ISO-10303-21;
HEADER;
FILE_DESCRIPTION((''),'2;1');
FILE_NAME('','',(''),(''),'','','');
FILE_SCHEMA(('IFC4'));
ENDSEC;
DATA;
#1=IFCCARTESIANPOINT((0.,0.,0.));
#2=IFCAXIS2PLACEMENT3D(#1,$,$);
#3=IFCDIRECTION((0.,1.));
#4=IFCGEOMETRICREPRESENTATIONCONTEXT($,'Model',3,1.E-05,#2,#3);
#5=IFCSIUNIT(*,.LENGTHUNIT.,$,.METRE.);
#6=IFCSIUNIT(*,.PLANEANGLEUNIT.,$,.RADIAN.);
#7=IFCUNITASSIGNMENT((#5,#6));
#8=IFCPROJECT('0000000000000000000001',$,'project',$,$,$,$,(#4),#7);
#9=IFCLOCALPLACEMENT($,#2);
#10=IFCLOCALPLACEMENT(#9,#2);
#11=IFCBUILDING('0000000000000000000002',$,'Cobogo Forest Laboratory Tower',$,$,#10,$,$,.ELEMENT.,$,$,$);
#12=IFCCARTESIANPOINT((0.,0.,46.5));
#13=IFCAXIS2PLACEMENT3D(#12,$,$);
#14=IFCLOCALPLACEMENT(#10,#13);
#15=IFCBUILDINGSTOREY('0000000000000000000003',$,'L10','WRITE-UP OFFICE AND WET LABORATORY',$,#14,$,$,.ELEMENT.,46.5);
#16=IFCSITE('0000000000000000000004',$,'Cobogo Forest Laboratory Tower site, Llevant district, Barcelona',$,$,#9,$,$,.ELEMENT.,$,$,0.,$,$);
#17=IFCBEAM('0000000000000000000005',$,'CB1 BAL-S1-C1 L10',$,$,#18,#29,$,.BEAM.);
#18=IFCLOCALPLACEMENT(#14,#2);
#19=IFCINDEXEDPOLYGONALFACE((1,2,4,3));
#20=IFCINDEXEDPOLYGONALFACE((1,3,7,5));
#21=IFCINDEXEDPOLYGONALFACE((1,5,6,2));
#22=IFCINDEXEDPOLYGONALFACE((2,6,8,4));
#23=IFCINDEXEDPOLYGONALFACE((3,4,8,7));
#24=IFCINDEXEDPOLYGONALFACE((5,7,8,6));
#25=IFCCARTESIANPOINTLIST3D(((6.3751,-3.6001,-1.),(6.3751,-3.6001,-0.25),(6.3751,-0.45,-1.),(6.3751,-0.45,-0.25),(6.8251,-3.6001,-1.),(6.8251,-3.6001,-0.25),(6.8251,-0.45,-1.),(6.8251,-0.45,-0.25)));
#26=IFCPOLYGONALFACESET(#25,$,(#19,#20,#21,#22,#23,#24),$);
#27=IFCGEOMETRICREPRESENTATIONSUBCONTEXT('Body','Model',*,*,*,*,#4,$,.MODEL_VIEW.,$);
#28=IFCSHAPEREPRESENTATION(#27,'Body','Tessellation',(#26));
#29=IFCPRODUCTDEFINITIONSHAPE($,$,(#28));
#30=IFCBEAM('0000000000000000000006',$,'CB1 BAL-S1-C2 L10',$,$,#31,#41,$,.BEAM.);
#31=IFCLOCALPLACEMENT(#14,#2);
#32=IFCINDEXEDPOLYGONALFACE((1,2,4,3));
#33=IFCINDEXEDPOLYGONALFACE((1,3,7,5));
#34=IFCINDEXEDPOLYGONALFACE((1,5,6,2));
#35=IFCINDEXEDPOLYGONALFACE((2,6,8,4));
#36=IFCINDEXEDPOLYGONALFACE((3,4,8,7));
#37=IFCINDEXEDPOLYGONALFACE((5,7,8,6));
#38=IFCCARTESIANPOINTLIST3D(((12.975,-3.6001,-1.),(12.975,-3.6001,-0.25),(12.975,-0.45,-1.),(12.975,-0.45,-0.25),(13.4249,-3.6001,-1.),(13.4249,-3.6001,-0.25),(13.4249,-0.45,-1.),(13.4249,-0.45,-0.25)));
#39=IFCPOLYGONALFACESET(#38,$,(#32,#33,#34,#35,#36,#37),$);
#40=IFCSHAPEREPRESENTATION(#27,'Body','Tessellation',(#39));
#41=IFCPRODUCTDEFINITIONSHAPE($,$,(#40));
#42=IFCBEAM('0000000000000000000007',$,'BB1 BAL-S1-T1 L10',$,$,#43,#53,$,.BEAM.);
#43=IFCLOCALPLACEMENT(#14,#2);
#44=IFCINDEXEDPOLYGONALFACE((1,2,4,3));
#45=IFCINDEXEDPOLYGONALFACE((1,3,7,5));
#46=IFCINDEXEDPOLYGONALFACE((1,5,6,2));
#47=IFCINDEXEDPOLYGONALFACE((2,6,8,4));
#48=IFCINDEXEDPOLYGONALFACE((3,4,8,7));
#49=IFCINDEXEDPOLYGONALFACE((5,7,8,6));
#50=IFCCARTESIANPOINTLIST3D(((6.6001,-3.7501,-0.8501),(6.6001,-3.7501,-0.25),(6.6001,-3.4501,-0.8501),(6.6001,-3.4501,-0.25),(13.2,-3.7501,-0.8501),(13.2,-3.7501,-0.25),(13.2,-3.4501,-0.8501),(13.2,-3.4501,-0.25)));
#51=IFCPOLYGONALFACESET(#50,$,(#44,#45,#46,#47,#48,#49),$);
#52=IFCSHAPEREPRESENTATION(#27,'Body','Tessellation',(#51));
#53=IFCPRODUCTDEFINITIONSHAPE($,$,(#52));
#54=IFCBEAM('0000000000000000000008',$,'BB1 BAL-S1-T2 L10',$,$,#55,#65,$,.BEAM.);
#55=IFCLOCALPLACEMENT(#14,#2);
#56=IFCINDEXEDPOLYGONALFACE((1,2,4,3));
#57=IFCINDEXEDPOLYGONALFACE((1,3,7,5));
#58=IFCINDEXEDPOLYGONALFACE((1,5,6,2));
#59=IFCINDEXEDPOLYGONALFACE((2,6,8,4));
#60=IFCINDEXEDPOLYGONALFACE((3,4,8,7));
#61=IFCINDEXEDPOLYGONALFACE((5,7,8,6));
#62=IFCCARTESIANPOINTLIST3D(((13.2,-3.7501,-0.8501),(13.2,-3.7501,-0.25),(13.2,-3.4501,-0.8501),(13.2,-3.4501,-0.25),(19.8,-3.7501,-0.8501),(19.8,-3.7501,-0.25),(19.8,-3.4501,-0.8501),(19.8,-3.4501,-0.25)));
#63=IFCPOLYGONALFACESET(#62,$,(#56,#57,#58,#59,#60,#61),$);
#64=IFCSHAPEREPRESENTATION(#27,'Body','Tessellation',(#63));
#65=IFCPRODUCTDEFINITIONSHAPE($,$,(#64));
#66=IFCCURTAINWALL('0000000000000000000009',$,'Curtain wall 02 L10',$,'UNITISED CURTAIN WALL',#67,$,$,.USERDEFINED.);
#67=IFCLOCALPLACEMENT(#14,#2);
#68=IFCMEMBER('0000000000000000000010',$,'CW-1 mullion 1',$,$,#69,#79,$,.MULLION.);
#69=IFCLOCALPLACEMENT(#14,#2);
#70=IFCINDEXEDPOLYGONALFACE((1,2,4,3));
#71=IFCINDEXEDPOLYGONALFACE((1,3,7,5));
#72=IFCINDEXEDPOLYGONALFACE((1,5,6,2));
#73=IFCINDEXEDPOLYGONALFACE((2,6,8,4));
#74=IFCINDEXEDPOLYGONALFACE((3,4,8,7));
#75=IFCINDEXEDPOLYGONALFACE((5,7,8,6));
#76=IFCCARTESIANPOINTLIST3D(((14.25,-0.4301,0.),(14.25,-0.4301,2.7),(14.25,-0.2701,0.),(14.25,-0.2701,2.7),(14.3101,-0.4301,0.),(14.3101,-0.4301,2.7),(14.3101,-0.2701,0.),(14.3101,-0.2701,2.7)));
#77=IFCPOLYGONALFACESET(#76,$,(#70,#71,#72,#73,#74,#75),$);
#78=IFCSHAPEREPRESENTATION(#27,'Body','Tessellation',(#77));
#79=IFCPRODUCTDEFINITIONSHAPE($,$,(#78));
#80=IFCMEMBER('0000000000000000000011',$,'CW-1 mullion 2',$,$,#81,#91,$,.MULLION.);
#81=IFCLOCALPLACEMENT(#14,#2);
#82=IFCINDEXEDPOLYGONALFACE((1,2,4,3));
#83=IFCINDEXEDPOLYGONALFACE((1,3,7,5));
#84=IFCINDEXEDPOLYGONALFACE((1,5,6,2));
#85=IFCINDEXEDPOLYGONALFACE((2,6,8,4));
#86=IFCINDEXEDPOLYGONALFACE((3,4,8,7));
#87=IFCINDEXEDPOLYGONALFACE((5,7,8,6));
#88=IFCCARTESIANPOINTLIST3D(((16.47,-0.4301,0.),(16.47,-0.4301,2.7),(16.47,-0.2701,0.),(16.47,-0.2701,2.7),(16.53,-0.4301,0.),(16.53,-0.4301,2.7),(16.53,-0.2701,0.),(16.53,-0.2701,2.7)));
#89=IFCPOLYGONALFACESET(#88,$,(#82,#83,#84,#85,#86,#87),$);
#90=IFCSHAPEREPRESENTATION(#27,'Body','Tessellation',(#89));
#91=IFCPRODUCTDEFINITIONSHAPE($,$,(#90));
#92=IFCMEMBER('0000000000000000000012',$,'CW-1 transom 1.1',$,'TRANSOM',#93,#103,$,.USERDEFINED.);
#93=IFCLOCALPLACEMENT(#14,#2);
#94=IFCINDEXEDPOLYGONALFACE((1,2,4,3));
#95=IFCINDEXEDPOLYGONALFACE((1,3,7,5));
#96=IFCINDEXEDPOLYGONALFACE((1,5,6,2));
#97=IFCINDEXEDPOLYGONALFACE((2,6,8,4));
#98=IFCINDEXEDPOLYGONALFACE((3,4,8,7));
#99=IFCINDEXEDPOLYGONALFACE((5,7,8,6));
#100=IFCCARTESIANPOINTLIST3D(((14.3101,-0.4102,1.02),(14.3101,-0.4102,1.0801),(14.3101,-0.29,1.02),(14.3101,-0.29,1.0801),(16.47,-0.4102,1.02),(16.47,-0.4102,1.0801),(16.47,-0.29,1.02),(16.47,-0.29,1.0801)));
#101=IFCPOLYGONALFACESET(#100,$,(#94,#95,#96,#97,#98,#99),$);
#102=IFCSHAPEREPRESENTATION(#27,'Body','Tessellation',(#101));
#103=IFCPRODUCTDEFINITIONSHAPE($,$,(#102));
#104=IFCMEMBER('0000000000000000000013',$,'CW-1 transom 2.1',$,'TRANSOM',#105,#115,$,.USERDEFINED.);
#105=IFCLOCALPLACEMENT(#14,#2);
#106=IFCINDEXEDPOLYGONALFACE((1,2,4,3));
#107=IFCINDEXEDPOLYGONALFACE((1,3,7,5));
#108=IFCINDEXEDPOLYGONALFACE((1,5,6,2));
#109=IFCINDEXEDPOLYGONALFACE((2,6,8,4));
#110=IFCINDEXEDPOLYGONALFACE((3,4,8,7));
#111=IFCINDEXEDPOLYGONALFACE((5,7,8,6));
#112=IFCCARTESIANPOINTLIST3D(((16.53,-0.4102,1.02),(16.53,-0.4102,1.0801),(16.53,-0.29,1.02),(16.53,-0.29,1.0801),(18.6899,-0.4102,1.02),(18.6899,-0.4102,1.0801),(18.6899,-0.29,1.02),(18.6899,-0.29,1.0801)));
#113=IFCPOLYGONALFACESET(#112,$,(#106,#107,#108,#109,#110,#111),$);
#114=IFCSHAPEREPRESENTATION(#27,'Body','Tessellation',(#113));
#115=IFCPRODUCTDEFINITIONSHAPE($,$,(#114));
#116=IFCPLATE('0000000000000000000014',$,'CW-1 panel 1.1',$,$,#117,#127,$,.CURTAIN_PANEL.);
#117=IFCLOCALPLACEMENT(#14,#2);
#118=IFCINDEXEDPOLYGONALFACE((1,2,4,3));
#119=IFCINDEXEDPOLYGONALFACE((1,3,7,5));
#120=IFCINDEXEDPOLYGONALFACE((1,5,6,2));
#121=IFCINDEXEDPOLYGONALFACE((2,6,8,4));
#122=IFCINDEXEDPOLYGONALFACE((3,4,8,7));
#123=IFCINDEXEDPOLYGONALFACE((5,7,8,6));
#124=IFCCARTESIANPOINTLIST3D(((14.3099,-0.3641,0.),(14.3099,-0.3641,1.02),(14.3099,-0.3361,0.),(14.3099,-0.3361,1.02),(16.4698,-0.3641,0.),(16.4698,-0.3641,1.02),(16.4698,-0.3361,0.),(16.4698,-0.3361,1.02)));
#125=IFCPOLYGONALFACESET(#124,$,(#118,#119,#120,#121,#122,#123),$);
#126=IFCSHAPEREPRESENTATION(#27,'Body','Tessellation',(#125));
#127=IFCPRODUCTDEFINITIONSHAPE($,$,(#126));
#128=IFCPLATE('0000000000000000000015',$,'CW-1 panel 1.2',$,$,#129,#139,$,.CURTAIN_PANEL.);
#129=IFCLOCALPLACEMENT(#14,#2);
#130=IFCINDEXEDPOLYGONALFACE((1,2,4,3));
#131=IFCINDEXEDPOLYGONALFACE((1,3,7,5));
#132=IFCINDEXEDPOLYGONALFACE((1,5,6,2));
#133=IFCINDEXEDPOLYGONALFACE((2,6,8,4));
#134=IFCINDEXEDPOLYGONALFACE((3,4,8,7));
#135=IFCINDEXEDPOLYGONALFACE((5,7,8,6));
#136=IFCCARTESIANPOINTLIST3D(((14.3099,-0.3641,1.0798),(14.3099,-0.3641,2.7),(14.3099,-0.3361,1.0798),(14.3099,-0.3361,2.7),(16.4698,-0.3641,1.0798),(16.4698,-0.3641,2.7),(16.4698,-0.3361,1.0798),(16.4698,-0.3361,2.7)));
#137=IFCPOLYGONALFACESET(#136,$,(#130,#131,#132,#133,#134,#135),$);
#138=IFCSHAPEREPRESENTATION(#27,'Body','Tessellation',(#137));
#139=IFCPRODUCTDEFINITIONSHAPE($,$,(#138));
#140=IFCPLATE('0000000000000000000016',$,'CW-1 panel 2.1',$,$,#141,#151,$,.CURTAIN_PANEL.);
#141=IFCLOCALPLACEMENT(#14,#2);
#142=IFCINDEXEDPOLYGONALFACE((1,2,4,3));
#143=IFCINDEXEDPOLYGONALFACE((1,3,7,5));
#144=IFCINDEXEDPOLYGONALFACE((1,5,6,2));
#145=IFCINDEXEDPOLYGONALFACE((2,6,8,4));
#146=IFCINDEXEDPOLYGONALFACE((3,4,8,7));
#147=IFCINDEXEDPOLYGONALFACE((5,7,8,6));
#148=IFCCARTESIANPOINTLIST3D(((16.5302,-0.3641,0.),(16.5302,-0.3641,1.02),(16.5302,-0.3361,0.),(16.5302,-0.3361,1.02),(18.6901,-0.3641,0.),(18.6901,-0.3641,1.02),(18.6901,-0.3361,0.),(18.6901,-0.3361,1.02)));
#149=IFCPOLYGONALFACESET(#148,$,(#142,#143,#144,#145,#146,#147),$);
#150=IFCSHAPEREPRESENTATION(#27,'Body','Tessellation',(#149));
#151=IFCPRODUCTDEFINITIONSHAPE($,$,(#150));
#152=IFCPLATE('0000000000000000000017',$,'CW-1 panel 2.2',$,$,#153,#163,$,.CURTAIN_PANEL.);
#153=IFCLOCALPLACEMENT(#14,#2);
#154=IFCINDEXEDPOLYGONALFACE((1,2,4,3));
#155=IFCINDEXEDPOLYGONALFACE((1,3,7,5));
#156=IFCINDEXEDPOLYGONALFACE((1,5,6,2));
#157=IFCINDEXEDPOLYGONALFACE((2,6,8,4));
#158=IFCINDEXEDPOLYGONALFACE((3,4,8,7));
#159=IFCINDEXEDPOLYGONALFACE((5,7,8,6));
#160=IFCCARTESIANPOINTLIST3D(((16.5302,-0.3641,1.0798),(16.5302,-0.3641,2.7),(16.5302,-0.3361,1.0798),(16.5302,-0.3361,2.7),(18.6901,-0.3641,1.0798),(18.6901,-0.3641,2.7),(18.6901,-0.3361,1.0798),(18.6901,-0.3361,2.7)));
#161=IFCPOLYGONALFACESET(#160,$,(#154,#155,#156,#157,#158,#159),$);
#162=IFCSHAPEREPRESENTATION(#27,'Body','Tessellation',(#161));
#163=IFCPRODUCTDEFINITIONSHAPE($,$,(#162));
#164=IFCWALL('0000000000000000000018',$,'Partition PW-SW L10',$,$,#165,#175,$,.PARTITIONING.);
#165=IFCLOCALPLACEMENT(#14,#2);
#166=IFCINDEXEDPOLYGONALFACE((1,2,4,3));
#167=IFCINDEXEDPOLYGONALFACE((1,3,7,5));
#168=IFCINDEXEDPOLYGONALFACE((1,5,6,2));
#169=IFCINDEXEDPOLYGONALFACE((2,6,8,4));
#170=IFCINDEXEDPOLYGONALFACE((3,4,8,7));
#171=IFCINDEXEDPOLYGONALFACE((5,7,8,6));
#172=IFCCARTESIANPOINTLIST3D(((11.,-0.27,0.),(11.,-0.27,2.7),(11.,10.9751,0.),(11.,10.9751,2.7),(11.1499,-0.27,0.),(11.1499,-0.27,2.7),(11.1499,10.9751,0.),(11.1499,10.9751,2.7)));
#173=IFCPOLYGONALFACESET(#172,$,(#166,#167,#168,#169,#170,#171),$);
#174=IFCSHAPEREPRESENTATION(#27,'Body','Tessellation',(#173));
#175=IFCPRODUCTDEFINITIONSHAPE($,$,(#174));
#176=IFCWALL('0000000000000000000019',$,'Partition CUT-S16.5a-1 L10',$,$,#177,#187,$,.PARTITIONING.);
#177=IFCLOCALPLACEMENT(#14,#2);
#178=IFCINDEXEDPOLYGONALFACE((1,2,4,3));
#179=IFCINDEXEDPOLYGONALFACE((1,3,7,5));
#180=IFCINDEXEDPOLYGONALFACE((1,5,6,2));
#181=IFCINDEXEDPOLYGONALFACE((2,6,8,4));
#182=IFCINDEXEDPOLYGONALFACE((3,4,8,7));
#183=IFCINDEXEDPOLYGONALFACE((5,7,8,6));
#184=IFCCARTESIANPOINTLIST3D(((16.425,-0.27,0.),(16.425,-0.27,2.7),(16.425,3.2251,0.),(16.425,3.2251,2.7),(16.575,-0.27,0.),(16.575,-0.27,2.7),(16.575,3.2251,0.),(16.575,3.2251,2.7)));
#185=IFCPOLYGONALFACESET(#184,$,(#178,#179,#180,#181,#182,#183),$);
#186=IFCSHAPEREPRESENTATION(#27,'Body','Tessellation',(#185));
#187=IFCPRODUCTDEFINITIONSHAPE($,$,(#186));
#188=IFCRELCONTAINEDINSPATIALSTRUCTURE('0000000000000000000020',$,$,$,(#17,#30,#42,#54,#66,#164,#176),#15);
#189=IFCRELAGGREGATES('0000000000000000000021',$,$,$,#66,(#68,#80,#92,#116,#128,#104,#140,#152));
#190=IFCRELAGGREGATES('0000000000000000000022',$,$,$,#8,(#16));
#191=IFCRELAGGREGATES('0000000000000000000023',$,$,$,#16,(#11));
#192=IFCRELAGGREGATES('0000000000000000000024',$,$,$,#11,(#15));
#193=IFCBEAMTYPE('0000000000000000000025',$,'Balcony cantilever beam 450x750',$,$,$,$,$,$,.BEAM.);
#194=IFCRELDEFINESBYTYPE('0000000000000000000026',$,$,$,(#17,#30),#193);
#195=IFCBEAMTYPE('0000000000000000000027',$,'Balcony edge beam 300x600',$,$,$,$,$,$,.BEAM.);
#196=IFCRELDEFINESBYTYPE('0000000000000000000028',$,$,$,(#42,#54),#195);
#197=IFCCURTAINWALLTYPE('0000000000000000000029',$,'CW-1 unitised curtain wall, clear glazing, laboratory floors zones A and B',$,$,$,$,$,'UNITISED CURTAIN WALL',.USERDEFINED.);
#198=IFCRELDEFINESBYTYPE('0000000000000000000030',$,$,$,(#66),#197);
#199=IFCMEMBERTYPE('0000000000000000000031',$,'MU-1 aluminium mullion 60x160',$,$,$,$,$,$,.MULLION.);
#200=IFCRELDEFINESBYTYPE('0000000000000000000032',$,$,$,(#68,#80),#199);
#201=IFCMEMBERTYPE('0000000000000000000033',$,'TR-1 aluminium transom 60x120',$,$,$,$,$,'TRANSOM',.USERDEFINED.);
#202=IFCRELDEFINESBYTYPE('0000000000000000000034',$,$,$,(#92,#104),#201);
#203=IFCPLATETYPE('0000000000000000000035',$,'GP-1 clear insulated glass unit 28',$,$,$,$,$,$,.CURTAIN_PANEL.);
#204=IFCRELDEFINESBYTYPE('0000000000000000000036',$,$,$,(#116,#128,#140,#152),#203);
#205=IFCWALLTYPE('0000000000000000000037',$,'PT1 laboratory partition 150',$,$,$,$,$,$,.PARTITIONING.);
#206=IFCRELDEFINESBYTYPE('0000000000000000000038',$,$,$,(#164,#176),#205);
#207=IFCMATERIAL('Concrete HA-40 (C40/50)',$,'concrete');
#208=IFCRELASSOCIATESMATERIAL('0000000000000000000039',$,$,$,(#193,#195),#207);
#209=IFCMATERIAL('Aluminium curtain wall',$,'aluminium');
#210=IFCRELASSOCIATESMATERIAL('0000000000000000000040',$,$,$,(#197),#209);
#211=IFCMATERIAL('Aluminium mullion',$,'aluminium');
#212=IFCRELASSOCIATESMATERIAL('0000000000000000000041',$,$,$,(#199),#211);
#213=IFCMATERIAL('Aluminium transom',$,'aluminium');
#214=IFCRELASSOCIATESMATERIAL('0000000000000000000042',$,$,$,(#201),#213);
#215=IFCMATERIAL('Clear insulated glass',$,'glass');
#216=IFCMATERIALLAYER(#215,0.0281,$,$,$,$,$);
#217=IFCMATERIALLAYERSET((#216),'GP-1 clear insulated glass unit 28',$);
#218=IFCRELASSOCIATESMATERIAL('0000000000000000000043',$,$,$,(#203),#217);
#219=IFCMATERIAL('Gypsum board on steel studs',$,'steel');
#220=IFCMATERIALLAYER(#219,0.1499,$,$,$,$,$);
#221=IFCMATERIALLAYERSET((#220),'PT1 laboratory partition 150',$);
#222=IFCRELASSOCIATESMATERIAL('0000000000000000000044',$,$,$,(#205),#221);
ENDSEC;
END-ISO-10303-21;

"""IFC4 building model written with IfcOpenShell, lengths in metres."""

from ifc_helpers import new_model, si_unit, direction, frame, frame_2d, origin, origin_2d, place, context, subcontext, project, spatial, rectangle, extrude, material, layer, layer_set, material_profile, profile_set, type_object, element, aggregate, save


model = new_model("IFC4")

# Units and contexts
model_context = context("Model", 3, precision=1e-05, world=origin(), true_north=direction((0.0, 1.0)))
body_context = subcontext(model_context, "Body", "Model", "MODEL_VIEW")
ifc_project = project(units=[si_unit("LENGTHUNIT", "METRE"), si_unit("PLANEANGLEUNIT", "RADIAN")], contexts=[model_context])

# Site, building, storey
site_placement = place(None, origin())
site = spatial("IfcSite", under=ifc_project, at=site_placement, Name="Cobogo Forest Laboratory Tower site, Llevant district, Barcelona", CompositionType="ELEMENT", RefElevation=0.0)
building_placement = place(site_placement, origin())
building = spatial("IfcBuilding", under=site, at=building_placement, Name="Cobogo Forest Laboratory Tower", CompositionType="ELEMENT")
storey_placement = place(building_placement, frame((0.0, 0.0, 46.5)))
storey = spatial("IfcBuildingStorey", under=building, at=storey_placement, Name="L10", Description="WRITE-UP OFFICE AND WET LABORATORY", CompositionType="ELEMENT", Elevation=46.5)

# Beams
ifc_material_1 = material(Name="Concrete HA-40 (C40/50)", Category="concrete")
ifc_material_profile_1 = material_profile(ifc_material_1, rectangle(XDim=0.45, YDim=0.75, at=origin_2d()), Name="RC 450x750")
ifc_profile_set_1 = profile_set([ifc_material_profile_1], Name="Concrete HA-40 (C40/50)")
beam_type_1 = type_object("IfcBeamType", Name="Balcony cantilever beam 450x750", PredefinedType="BEAM", material=ifc_profile_set_1)
for number, where, z_axis, x_axis, name in (
    (1, (6.6001, -0.45, -0.625), (0.0, -1.0, 0.0), (1.0, 0.0, 0.0), "CB1 BAL-S1-C1 L10"),
    (2, (13.2, -0.45, -0.625), (0.0, -1.0, 0.0), (1.0, 0.0, 0.0), "CB1 BAL-S1-C2 L10"),
):
    element("IfcBeam", number, at=place(storey_placement, frame(where, z_axis=z_axis, x_axis=x_axis)), inside=storey, type_object=beam_type_1, Name=name, PredefinedType="BEAM", context=body_context, shape_type="SweptSolid", body=[
        extrude(rectangle(XDim=0.45, YDim=0.75, at=origin_2d()), origin(), (0.0, 0.0, 1.0), 3.1501),
    ])
ifc_material_profile_2 = material_profile(ifc_material_1, rectangle(XDim=0.3, YDim=0.6001, at=origin_2d()), Name="RC 300x600")
ifc_profile_set_2 = profile_set([ifc_material_profile_2], Name="Concrete HA-40 (C40/50)")
beam_type_2 = type_object("IfcBeamType", Name="Balcony edge beam 300x600", PredefinedType="BEAM", material=ifc_profile_set_2)
beam_1_placement = place(storey_placement, frame((6.6001, -3.6001, -0.55), z_axis=(1.0, 0.0, 0.0), x_axis=(0.0, 1.0, 0.0)))
element("IfcBeam", 3, at=beam_1_placement, inside=storey, type_object=beam_type_2, Name="BB1 BAL-S1-T1 L10", PredefinedType="BEAM", context=body_context, shape_type="SweptSolid", body=[
    extrude(rectangle(XDim=0.3, YDim=0.6001, at=origin_2d()), origin(), (0.0, 0.0, 1.0), 6.5999),
])
beam_2_placement = place(storey_placement, frame((13.2, -3.6001, -0.55), z_axis=(1.0, 0.0, 0.0), x_axis=(0.0, 1.0, 0.0)))
element("IfcBeam", 4, at=beam_2_placement, inside=storey, type_object=beam_type_2, Name="BB1 BAL-S1-T2 L10", PredefinedType="BEAM", context=body_context, shape_type="SweptSolid", body=[
    extrude(rectangle(XDim=0.3, YDim=0.6001, at=origin_2d()), origin(), (0.0, 0.0, 1.0), 6.6001),
])

# Curtain wall, members, plates
ifc_material_2 = material(Name="Aluminium curtain wall", Category="aluminium")
curtain_wall_type = type_object("IfcCurtainWallType", Name="CW-1 unitised curtain wall, clear glazing, laboratory floors zones A and B", ElementType="UNITISED CURTAIN WALL", PredefinedType="USERDEFINED", material=ifc_material_2)
curtain_wall_placement = place(storey_placement, origin())
curtain_wall = element("IfcCurtainWall", 5, at=curtain_wall_placement, inside=storey, type_object=curtain_wall_type, Name="Curtain wall 02 L10", ObjectType="UNITISED CURTAIN WALL", PredefinedType="USERDEFINED")
ifc_material_3 = material(Name="Aluminium mullion", Category="aluminium")
ifc_material_profile_3 = material_profile(ifc_material_3, rectangle(XDim=0.0601, YDim=0.1599, at=origin_2d()), Name="AL 60x160")
ifc_profile_set_3 = profile_set([ifc_material_profile_3], Name="Aluminium mullion")
member_type_1 = type_object("IfcMemberType", Name="MU-1 aluminium mullion 60x160", PredefinedType="MULLION", material=ifc_profile_set_3)
member_1_placement = place(storey_placement, frame((14.28, -0.3501, 0.0), z_axis=(0.0, 0.0, 1.0), x_axis=(1.0, 0.0, 0.0)))
member_1 = element("IfcMember", 6, at=member_1_placement, type_object=member_type_1, Name="CW-1 mullion 1", PredefinedType="MULLION", context=body_context, shape_type="SweptSolid", body=[
    extrude(rectangle(XDim=0.0601, YDim=0.1599, at=origin_2d()), origin(), (0.0, 0.0, 1.0), 2.7),
])
member_2_placement = place(storey_placement, frame((16.5, -0.3501, 0.0), z_axis=(0.0, 0.0, 1.0), x_axis=(1.0, 0.0, 0.0)))
member_2 = element("IfcMember", 7, at=member_2_placement, type_object=member_type_1, Name="CW-1 mullion 2", PredefinedType="MULLION", context=body_context, shape_type="SweptSolid", body=[
    extrude(rectangle(XDim=0.0601, YDim=0.1599, at=origin_2d()), origin(), (0.0, 0.0, 1.0), 2.7),
])
ifc_material_4 = material(Name="Aluminium transom", Category="aluminium")
ifc_material_profile_4 = material_profile(ifc_material_4, rectangle(XDim=0.1201, YDim=0.0601, at=origin_2d()), Name="AL 60x120")
ifc_profile_set_4 = profile_set([ifc_material_profile_4], Name="Aluminium transom")
member_type_2 = type_object("IfcMemberType", Name="TR-1 aluminium transom 60x120", ElementType="TRANSOM", PredefinedType="USERDEFINED", material=ifc_profile_set_4)
member_3_placement = place(storey_placement, frame((14.3101, -0.3501, 1.05), z_axis=(1.0, 0.0, 0.0), x_axis=(0.0, 1.0, 0.0)))
member_3 = element("IfcMember", 8, at=member_3_placement, type_object=member_type_2, Name="CW-1 transom 1.1", ObjectType="TRANSOM", PredefinedType="USERDEFINED", context=body_context, shape_type="SweptSolid", body=[
    extrude(rectangle(XDim=0.1201, YDim=0.0601, at=origin_2d()), origin(), (0.0, 0.0, 1.0), 2.1599),
])
member_4_placement = place(storey_placement, frame((16.53, -0.3501, 1.05), z_axis=(1.0, 0.0, 0.0), x_axis=(0.0, 1.0, 0.0)))
member_4 = element("IfcMember", 9, at=member_4_placement, type_object=member_type_2, Name="CW-1 transom 2.1", ObjectType="TRANSOM", PredefinedType="USERDEFINED", context=body_context, shape_type="SweptSolid", body=[
    extrude(rectangle(XDim=0.1201, YDim=0.0601, at=origin_2d()), origin(), (0.0, 0.0, 1.0), 2.1599),
])
ifc_material_5 = material(Name="Clear insulated glass", Category="glass")
ifc_layer_1 = layer(ifc_material_5, 0.0281)
ifc_layer_set_1 = layer_set([ifc_layer_1], Name="GP-1 clear insulated glass unit 28")
plate_type = type_object("IfcPlateType", Name="GP-1 clear insulated glass unit 28", PredefinedType="CURTAIN_PANEL", material=ifc_layer_set_1)
plate_1_placement = place(storey_placement, frame((15.3899, -0.3501, 0.0), z_axis=(0.0, 0.0, 1.0), x_axis=(1.0, 0.0, 0.0)))
plate_1 = element("IfcPlate", 10, at=plate_1_placement, type_object=plate_type, Name="CW-1 panel 1.1", PredefinedType="CURTAIN_PANEL", context=body_context, shape_type="SweptSolid", body=[
    extrude(rectangle(XDim=2.1599, YDim=0.0281, at=origin_2d()), origin(), (0.0, 0.0, 1.0), 1.02),
])
plate_2_placement = place(storey_placement, frame((15.3899, -0.3501, 1.0798), z_axis=(0.0, 0.0, 1.0), x_axis=(1.0, 0.0, 0.0)))
plate_2 = element("IfcPlate", 11, at=plate_2_placement, type_object=plate_type, Name="CW-1 panel 1.2", PredefinedType="CURTAIN_PANEL", context=body_context, shape_type="SweptSolid", body=[
    extrude(rectangle(XDim=2.1599, YDim=0.0281, at=origin_2d()), origin(), (0.0, 0.0, 1.0), 1.6201),
])
plate_3_placement = place(storey_placement, frame((17.6101, -0.3501, 0.0), z_axis=(0.0, 0.0, 1.0), x_axis=(1.0, 0.0, 0.0)))
plate_3 = element("IfcPlate", 12, at=plate_3_placement, type_object=plate_type, Name="CW-1 panel 2.1", PredefinedType="CURTAIN_PANEL", context=body_context, shape_type="SweptSolid", body=[
    extrude(rectangle(XDim=2.1599, YDim=0.0281, at=origin_2d()), origin(), (0.0, 0.0, 1.0), 1.02),
])
plate_4_placement = place(storey_placement, frame((17.6101, -0.3501, 1.0798), z_axis=(0.0, 0.0, 1.0), x_axis=(1.0, 0.0, 0.0)))
plate_4 = element("IfcPlate", 13, at=plate_4_placement, type_object=plate_type, Name="CW-1 panel 2.2", PredefinedType="CURTAIN_PANEL", context=body_context, shape_type="SweptSolid", body=[
    extrude(rectangle(XDim=2.1599, YDim=0.0281, at=origin_2d()), origin(), (0.0, 0.0, 1.0), 1.6201),
])
aggregate(curtain_wall, [member_1, member_2, member_3, plate_1, plate_2, member_4, plate_3, plate_4])

# Walls
ifc_material_6 = material(Name="Gypsum board on steel studs", Category="steel")
ifc_layer_2 = layer(ifc_material_6, 0.1499)
ifc_layer_set_2 = layer_set([ifc_layer_2], Name="PT1 laboratory partition 150")
wall_type_1 = type_object("IfcWallType", Name="PT1 laboratory partition 150", PredefinedType="PARTITIONING", material=ifc_layer_set_2)
wall_1_placement = place(storey_placement, frame((11.075, -0.27, 0.0), z_axis=(0.0, 0.0, 1.0), x_axis=(0.0, 1.0, 0.0)))
element("IfcWall", 14, at=wall_1_placement, inside=storey, type_object=wall_type_1, Name="Partition PW-SW L10", PredefinedType="PARTITIONING", context=body_context, shape_type="SweptSolid", body=[
    extrude(rectangle(XDim=11.2451, YDim=0.1499, at=frame_2d((5.6226, 0.0))), origin(), (0.0, 0.0, 1.0), 2.7),
])
wall_2_placement = place(storey_placement, frame((16.5, -0.27, 0.0), z_axis=(0.0, 0.0, 1.0), x_axis=(0.0, 1.0, 0.0)))
element("IfcWall", 15, at=wall_2_placement, inside=storey, type_object=wall_type_1, Name="Partition CUT-S16.5a-1 L10", PredefinedType="PARTITIONING", context=body_context, shape_type="SweptSolid", body=[
    extrude(rectangle(XDim=3.4951, YDim=0.1499, at=frame_2d((1.7476, 0.0))), origin(), (0.0, 0.0, 1.0), 2.7),
])

save(model, "model.ifc")
